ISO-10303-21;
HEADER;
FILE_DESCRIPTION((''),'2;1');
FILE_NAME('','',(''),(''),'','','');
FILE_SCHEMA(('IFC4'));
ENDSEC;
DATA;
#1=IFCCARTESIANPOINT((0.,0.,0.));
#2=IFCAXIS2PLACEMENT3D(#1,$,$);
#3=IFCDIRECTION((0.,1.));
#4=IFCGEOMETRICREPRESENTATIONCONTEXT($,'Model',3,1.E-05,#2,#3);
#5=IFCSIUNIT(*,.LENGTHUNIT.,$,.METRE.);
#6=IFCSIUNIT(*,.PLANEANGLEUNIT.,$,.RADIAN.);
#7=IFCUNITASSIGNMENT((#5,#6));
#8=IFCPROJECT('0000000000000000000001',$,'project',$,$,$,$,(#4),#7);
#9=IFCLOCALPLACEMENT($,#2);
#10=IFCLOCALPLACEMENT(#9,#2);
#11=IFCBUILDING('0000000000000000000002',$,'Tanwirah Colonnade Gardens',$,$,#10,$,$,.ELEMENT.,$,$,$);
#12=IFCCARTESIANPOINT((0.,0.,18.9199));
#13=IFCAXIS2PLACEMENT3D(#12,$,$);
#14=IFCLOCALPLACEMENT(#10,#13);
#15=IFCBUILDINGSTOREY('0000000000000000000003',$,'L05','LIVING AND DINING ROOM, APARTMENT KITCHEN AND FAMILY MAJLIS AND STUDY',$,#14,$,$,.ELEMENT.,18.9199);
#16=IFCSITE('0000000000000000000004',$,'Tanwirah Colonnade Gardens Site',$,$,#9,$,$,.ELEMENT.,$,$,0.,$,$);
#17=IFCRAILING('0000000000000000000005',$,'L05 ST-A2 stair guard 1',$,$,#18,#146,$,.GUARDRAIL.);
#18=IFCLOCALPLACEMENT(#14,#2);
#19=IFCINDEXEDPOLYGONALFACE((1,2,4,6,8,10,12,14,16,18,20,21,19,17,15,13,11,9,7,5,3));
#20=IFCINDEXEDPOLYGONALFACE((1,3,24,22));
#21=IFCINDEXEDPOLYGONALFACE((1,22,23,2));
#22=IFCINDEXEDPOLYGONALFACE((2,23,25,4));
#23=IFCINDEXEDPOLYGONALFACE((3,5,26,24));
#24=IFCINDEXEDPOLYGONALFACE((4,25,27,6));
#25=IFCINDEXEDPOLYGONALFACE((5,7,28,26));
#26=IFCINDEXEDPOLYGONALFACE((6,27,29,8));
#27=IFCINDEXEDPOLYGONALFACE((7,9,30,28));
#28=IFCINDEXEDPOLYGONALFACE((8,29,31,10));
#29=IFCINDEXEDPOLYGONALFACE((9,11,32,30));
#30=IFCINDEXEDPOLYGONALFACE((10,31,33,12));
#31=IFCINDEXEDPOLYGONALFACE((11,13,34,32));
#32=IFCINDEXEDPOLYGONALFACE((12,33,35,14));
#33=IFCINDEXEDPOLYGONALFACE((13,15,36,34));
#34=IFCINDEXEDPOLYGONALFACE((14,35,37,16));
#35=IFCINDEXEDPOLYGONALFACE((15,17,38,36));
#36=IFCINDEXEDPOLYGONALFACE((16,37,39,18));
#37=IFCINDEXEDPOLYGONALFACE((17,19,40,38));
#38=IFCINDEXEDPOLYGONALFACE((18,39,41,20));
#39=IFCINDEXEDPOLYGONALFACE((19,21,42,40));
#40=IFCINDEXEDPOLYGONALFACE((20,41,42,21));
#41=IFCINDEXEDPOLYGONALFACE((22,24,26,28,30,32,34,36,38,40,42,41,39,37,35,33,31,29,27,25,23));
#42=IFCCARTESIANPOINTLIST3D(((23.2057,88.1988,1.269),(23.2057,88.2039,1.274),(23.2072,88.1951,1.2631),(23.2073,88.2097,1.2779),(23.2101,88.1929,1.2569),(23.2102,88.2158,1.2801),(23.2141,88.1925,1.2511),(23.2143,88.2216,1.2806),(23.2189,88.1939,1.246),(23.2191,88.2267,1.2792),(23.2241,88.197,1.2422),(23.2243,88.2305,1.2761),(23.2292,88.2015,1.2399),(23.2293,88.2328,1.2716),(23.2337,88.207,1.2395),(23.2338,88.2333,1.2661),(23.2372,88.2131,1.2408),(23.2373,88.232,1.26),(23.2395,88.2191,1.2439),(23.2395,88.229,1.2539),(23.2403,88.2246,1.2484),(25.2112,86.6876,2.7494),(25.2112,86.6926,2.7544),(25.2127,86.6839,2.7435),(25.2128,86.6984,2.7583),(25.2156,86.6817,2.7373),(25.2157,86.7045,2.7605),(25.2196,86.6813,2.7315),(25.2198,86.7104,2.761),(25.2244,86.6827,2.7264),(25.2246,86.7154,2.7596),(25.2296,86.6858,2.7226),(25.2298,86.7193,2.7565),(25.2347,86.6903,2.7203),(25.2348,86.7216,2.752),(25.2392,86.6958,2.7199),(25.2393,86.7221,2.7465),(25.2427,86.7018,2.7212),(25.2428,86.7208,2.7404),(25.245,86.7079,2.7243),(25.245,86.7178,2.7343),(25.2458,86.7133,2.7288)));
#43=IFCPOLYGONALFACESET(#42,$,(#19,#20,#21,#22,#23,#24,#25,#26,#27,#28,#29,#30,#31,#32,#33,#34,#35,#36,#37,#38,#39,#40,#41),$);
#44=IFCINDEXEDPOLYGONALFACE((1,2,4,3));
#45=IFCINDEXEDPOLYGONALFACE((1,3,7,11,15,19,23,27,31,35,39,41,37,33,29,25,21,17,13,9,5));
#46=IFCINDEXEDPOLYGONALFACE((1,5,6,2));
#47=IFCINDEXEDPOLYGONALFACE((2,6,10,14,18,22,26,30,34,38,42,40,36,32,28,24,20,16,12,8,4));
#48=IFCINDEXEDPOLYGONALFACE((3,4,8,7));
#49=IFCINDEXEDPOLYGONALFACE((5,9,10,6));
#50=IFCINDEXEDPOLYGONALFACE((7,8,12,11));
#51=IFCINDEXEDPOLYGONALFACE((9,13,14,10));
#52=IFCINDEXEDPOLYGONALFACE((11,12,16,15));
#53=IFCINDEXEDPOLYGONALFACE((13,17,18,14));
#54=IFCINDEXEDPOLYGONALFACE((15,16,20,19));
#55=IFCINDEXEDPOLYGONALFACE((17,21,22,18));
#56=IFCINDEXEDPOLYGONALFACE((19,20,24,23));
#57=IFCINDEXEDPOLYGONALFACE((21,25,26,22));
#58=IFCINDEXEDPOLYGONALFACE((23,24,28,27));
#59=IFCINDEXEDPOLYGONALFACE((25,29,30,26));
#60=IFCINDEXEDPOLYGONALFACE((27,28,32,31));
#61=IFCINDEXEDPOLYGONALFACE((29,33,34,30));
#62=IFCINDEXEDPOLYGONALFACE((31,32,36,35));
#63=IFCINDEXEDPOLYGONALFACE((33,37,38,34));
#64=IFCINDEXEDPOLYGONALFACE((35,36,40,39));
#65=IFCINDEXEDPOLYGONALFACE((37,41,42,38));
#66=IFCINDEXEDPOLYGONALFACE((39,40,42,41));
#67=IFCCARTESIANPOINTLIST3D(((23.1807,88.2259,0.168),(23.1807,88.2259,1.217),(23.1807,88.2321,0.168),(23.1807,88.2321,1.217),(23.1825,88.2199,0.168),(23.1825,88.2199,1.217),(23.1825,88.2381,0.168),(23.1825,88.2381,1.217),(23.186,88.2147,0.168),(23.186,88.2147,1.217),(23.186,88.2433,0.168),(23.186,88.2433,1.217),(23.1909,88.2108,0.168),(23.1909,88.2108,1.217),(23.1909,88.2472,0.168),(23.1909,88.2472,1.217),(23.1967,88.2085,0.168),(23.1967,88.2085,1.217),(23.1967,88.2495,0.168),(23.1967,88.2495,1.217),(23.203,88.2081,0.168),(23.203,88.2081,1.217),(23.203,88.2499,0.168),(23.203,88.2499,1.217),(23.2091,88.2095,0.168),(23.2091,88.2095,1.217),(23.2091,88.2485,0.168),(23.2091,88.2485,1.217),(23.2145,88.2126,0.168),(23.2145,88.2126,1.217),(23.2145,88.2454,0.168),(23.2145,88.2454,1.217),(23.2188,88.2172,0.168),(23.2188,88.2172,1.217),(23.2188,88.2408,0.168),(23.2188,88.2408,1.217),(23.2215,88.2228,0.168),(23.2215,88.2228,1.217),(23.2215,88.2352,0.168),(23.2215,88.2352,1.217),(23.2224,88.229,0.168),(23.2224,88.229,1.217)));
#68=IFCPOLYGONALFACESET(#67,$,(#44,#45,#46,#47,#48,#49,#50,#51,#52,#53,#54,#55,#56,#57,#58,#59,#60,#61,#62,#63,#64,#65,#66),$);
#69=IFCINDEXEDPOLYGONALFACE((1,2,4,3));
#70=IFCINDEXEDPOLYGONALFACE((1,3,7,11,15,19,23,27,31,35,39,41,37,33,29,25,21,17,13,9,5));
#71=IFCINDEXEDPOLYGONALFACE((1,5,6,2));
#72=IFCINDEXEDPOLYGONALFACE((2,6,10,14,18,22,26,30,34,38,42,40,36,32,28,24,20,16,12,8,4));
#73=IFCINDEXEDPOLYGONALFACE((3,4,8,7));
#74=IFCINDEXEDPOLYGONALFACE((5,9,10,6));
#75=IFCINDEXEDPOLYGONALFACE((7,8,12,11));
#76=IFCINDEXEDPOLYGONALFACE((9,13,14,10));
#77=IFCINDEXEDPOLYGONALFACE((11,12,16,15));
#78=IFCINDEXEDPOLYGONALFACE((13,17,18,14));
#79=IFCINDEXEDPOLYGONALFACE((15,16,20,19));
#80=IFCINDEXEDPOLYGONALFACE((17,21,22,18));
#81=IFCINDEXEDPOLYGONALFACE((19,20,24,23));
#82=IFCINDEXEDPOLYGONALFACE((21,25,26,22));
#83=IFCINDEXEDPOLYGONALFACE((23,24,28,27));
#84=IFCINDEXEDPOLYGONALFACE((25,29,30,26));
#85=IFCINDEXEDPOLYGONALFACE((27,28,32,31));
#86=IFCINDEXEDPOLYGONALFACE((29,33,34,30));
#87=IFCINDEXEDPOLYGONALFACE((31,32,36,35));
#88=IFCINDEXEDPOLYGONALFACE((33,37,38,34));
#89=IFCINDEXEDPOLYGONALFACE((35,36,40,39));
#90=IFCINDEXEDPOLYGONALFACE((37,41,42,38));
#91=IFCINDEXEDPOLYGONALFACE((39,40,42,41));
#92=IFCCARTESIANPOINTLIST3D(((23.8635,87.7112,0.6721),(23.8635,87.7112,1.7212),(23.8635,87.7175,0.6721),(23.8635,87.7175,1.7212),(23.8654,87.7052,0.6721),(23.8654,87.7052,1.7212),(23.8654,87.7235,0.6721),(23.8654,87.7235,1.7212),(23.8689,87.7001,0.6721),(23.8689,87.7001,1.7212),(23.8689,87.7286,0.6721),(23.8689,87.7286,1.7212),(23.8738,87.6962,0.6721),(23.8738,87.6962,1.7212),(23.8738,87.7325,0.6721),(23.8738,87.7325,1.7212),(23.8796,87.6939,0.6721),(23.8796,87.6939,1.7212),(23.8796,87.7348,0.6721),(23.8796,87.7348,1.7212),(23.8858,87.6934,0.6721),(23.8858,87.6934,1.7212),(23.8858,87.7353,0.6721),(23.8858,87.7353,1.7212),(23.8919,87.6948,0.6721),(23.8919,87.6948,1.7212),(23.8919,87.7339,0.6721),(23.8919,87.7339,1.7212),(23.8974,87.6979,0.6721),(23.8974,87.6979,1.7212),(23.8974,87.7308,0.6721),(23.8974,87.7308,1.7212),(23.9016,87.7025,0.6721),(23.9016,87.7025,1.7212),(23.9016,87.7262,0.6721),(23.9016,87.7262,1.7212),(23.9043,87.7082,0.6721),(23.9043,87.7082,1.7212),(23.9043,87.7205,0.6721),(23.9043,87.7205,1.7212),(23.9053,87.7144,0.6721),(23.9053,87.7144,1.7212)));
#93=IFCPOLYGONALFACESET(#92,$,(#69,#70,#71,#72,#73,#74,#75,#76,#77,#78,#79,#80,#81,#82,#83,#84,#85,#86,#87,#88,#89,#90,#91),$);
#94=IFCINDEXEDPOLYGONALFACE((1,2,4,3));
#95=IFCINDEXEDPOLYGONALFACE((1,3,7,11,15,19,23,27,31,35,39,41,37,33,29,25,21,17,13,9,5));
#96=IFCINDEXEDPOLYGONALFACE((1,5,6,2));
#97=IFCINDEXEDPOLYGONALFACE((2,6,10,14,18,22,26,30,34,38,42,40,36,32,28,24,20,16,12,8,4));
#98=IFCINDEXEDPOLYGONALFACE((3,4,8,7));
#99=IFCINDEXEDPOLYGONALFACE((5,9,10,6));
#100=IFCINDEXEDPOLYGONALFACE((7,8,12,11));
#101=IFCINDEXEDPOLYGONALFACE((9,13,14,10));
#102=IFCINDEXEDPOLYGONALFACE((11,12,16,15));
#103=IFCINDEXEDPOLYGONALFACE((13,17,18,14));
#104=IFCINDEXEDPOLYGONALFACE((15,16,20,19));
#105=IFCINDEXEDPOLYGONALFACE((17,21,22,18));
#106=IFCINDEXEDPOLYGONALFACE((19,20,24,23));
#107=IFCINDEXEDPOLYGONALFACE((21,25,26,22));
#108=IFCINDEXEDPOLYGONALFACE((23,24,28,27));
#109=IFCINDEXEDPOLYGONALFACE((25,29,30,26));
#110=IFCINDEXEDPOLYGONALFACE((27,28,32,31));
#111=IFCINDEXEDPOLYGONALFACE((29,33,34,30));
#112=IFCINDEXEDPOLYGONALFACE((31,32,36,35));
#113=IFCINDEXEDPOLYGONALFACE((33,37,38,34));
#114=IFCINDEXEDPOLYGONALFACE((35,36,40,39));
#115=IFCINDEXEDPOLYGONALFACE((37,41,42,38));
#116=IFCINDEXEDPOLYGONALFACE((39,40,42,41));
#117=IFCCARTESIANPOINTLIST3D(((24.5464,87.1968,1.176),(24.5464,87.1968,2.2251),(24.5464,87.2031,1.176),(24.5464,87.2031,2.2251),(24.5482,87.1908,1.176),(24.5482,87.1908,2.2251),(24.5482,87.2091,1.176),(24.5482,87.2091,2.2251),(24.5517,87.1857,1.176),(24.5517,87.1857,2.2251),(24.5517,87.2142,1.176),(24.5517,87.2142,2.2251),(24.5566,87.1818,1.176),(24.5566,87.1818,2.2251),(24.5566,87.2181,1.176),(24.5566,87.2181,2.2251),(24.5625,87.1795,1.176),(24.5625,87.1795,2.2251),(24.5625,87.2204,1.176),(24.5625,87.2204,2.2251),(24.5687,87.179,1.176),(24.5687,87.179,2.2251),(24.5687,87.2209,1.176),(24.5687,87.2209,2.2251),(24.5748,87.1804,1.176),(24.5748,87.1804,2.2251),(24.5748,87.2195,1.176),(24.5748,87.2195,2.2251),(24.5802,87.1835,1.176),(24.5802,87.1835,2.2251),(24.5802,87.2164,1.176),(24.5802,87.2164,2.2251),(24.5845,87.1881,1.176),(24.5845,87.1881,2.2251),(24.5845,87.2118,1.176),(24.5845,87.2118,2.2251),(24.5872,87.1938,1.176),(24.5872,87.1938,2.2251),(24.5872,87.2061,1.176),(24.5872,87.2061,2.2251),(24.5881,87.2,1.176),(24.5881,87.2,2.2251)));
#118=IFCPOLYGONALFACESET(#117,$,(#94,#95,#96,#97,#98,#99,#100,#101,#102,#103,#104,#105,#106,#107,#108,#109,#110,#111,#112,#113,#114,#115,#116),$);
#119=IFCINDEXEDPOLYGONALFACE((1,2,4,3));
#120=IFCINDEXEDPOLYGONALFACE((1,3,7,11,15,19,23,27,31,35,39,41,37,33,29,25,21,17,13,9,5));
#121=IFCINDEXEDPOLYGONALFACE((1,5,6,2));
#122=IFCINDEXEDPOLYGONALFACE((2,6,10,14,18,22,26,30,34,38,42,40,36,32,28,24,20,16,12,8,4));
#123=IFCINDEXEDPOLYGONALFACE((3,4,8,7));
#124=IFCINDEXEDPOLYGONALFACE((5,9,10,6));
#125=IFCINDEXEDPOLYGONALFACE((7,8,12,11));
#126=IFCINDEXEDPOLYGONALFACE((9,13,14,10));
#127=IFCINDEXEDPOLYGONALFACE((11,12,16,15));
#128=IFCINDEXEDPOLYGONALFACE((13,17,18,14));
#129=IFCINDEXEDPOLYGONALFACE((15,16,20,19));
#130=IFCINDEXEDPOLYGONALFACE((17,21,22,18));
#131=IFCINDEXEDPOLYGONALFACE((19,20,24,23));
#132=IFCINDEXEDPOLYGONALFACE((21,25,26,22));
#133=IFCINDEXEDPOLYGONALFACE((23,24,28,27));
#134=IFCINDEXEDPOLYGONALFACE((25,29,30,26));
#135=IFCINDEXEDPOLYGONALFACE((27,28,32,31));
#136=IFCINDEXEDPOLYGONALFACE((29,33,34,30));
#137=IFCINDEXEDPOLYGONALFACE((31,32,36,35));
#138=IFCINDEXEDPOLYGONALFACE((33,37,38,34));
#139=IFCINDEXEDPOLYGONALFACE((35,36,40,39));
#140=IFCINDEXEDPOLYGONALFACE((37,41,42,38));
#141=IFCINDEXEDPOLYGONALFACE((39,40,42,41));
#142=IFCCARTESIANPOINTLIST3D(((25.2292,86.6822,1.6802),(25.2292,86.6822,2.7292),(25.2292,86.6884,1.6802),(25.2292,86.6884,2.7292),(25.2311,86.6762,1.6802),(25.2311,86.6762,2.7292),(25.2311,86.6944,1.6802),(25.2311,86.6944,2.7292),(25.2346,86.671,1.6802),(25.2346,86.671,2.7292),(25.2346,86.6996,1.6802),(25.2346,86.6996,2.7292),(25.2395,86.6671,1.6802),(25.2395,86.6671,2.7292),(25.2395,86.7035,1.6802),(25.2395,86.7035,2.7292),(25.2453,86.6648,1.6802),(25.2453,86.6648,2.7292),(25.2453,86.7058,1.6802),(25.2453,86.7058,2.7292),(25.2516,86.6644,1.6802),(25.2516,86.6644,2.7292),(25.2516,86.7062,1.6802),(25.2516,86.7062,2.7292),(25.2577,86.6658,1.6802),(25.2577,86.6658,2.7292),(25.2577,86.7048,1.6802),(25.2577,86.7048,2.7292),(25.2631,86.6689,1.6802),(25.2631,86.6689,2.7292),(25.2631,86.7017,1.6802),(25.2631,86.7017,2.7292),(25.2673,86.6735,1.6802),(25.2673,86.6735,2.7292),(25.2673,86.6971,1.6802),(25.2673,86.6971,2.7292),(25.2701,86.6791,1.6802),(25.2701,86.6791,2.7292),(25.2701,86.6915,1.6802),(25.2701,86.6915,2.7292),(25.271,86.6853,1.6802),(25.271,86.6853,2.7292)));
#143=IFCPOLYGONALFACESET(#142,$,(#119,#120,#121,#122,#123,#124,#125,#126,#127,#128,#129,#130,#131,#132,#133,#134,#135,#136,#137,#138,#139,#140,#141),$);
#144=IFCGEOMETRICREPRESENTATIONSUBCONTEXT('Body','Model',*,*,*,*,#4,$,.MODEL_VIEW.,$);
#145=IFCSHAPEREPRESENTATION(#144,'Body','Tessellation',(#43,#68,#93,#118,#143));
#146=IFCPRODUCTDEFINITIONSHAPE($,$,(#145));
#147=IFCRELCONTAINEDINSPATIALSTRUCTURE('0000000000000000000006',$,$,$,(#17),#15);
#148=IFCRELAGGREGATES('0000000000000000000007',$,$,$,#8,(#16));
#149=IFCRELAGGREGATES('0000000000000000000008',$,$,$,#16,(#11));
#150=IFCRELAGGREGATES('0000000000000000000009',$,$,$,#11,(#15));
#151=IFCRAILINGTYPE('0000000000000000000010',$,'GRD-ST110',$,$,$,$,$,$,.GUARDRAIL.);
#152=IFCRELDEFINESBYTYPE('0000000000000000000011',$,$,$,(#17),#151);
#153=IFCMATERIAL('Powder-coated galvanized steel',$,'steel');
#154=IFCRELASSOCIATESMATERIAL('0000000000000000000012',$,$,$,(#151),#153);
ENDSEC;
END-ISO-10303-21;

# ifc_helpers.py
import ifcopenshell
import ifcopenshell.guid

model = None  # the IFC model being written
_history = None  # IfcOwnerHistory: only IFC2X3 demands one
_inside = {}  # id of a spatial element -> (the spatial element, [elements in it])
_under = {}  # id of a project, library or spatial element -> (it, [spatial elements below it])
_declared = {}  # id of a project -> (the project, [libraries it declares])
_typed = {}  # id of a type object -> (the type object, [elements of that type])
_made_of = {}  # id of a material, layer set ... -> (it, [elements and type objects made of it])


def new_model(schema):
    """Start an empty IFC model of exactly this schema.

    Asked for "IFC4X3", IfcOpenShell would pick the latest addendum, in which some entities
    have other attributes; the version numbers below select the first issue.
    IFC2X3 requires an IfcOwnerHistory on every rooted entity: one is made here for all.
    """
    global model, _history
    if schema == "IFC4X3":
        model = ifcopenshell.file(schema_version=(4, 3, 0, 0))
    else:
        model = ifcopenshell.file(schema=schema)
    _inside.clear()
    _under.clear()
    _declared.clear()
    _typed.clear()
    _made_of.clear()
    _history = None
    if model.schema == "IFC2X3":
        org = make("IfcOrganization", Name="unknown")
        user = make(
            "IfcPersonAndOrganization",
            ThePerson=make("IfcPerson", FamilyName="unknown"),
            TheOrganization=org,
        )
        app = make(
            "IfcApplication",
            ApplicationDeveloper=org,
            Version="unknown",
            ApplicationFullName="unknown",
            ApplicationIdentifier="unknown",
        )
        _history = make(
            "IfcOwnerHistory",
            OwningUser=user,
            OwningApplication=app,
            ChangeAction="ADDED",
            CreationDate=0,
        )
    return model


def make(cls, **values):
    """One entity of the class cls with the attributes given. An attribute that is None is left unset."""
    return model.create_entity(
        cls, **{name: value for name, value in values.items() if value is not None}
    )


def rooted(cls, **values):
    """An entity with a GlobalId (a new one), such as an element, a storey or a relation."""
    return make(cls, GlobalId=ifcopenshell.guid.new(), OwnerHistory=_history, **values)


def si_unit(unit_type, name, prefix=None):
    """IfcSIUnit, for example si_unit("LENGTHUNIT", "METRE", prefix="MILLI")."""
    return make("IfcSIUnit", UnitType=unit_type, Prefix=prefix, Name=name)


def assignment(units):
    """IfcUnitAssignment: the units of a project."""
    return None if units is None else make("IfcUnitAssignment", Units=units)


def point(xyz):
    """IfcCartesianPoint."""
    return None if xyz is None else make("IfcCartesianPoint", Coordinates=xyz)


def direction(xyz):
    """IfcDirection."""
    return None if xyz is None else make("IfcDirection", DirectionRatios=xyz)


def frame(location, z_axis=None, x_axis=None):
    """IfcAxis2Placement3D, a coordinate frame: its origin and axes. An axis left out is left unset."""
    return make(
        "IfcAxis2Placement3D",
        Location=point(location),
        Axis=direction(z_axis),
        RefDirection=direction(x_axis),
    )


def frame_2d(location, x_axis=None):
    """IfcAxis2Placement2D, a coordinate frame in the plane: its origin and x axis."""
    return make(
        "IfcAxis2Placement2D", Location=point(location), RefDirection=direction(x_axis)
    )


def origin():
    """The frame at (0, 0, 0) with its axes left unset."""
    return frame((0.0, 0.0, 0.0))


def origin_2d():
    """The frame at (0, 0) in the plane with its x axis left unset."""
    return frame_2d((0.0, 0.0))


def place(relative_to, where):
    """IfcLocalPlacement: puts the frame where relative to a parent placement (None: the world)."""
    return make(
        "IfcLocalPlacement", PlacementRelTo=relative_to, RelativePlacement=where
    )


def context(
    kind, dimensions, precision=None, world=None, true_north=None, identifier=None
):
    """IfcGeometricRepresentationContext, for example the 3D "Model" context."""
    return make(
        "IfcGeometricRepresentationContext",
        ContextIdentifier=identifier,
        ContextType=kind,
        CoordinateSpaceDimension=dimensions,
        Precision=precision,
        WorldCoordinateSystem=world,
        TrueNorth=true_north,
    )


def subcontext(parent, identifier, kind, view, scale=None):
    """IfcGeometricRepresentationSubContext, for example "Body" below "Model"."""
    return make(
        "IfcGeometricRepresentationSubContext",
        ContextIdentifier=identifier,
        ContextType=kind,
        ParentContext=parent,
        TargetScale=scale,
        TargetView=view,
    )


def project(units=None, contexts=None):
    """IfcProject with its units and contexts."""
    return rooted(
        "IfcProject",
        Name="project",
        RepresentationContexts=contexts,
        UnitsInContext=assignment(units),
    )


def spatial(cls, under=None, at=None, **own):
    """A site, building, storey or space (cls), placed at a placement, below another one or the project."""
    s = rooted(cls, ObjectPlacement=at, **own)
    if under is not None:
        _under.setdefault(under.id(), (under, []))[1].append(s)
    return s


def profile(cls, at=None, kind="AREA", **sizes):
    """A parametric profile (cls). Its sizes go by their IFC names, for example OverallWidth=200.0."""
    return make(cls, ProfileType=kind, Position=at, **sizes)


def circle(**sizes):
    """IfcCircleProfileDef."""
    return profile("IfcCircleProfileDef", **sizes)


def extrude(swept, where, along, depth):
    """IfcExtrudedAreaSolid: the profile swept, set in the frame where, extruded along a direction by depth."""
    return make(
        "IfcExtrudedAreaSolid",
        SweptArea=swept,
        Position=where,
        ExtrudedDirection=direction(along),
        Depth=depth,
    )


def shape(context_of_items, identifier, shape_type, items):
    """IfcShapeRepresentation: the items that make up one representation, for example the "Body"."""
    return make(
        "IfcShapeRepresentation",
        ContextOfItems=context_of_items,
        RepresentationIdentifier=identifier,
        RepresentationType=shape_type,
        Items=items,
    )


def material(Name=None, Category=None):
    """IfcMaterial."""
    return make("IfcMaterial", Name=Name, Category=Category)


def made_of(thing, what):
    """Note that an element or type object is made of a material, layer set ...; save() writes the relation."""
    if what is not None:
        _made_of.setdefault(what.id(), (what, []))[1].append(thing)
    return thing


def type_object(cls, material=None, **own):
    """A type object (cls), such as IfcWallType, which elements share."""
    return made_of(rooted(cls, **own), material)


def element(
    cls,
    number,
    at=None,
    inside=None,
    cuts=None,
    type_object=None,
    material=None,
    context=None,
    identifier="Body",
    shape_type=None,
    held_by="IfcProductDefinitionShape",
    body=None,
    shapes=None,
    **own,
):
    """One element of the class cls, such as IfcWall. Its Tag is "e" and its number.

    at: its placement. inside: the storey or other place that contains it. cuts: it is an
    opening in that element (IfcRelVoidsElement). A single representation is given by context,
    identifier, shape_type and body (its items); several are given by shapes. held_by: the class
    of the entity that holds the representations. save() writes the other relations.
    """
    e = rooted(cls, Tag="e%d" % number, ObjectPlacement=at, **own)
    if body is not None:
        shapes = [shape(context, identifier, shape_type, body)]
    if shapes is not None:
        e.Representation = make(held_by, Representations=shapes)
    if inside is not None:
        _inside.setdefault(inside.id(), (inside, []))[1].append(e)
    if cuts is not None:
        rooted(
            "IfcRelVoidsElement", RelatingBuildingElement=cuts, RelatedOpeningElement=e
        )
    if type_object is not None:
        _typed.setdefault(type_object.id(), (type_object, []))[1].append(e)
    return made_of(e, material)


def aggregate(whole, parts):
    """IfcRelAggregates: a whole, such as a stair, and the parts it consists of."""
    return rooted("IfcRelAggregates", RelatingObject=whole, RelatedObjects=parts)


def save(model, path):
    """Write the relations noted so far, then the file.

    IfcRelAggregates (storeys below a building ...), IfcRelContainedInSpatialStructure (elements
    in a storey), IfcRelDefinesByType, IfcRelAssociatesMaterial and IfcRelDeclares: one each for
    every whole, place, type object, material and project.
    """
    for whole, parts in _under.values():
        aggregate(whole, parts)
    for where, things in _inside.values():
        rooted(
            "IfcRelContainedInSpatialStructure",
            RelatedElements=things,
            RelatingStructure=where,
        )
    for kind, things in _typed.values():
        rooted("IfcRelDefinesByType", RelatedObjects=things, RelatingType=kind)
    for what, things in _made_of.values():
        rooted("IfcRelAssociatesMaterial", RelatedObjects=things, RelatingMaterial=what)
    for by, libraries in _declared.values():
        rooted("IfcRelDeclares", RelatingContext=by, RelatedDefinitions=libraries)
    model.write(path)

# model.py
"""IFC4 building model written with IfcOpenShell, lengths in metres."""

from ifc_helpers import new_model, si_unit, direction, frame, origin, origin_2d, place, context, subcontext, project, spatial, circle, extrude, material, type_object, element, save


model = new_model("IFC4")

# Units and contexts
model_context = context("Model", 3, precision=1e-05, world=origin(), true_north=direction((0.0, 1.0)))
body_context = subcontext(model_context, "Body", "Model", "MODEL_VIEW")
ifc_project = project(units=[si_unit("LENGTHUNIT", "METRE"), si_unit("PLANEANGLEUNIT", "RADIAN")], contexts=[model_context])

# Site, building, storey
site_placement = place(None, origin())
site = spatial("IfcSite", under=ifc_project, at=site_placement, Name="Tanwirah Colonnade Gardens Site", CompositionType="ELEMENT", RefElevation=0.0)
building_placement = place(site_placement, origin())
building = spatial("IfcBuilding", under=site, at=building_placement, Name="Tanwirah Colonnade Gardens", CompositionType="ELEMENT")
storey_placement = place(building_placement, frame((0.0, 0.0, 18.9199)))
storey = spatial("IfcBuildingStorey", under=building, at=storey_placement, Name="L05", Description="LIVING AND DINING ROOM, APARTMENT KITCHEN AND FAMILY MAJLIS AND STUDY", CompositionType="ELEMENT", Elevation=18.9199)

# Railing
ifc_material_1 = material(Name="Powder-coated galvanized steel", Category="steel")
railing_type_1 = type_object("IfcRailingType", Name="GRD-ST110", PredefinedType="GUARDRAIL", material=ifc_material_1)
railing_1_placement = place(storey_placement, frame((23.2014, 88.229, 0.168)))
element("IfcRailing", 1, at=railing_1_placement, inside=storey, type_object=railing_type_1, Name="L05 ST-A2 stair guard 1", PredefinedType="GUARDRAIL", context=body_context, shape_type="SweptSolid", body=[
    extrude(circle(Radius=0.0239, at=origin_2d()), frame((0.0215, -0.0161, 1.092), z_axis=(0.687984, -0.518427, 0.50785), x_axis=(0.601811, 0.798639, 0.0)), (0.0, 0.0, 1.0), 2.915),
    extrude(circle(Radius=0.021, at=origin_2d()), origin(), (0.0, 0.0, 1.0), 1.0491),
    extrude(circle(Radius=0.021, at=origin_2d()), frame((0.6829, -0.5146, 0.5042)), (0.0, 0.0, 1.0), 1.0491),
    extrude(circle(Radius=0.021, at=origin_2d()), frame((1.3657, -1.0291, 1.0081)), (0.0, 0.0, 1.0), 1.0491),
    extrude(circle(Radius=0.021, at=origin_2d()), frame((2.0486, -1.5437, 1.5122)), (0.0, 0.0, 1.0), 1.0491),
])

save(model, "model.ifc")
